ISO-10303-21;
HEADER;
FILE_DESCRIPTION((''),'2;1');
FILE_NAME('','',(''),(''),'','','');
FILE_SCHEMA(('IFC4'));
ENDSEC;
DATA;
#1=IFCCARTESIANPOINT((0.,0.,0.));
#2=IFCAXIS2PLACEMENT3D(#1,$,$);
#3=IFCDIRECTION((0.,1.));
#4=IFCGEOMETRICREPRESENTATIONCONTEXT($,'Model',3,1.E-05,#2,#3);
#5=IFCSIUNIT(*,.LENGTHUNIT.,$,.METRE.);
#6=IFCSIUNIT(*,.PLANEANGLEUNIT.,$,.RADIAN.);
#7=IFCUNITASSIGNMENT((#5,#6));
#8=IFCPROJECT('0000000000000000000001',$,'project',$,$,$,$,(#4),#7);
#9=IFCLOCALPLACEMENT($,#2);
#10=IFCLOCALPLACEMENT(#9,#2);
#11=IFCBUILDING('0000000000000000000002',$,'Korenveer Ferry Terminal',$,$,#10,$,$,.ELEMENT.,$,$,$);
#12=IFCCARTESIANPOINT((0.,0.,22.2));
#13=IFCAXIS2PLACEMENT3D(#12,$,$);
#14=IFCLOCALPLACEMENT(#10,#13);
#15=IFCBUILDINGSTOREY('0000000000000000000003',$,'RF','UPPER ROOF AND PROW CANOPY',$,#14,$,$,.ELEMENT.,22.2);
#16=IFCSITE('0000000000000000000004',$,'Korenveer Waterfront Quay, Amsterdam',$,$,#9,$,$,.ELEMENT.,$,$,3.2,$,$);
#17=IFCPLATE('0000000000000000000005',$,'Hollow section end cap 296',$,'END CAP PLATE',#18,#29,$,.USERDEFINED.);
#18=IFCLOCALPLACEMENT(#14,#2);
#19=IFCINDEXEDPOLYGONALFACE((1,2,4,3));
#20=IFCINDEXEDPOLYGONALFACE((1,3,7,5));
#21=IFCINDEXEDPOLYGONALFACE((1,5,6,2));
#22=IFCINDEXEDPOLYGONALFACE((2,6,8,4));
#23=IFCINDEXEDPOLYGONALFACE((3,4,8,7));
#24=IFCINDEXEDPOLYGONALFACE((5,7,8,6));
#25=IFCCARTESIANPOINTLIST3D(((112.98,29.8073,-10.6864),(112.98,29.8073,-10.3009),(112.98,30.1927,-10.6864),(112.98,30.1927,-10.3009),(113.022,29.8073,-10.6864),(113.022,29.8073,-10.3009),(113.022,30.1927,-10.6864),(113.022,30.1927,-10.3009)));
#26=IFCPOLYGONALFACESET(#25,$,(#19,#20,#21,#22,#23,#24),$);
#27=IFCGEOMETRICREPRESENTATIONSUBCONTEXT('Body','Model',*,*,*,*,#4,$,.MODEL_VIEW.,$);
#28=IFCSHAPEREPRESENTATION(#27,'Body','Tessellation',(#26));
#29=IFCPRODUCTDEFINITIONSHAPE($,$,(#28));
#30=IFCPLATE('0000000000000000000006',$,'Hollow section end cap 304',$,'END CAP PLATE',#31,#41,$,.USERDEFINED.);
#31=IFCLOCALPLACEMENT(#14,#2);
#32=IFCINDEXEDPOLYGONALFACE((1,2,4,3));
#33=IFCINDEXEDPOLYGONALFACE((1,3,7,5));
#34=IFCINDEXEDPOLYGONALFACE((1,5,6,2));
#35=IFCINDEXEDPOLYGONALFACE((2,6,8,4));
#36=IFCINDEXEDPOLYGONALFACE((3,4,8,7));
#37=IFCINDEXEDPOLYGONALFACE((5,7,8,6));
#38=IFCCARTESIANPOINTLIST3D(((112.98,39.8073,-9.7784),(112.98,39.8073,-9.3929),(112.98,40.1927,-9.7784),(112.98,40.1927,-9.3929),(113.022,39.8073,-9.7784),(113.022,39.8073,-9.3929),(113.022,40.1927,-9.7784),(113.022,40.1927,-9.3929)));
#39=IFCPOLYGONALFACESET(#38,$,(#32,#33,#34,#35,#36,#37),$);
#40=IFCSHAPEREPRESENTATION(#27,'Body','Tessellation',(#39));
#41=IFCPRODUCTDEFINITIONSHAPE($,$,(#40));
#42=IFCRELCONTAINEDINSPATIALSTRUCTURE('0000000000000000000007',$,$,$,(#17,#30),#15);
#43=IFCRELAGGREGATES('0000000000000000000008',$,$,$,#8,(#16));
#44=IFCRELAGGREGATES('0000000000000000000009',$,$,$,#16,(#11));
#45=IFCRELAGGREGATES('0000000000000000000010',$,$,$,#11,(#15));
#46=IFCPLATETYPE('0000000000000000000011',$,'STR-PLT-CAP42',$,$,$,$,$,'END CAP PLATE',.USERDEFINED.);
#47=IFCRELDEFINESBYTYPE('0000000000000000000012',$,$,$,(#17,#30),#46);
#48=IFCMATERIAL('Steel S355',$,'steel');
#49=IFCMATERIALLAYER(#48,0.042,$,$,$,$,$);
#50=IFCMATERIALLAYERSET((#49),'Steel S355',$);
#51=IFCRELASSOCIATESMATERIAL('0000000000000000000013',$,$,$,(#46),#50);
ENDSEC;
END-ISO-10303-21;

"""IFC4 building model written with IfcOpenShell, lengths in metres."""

from ifc_helpers import new_model, si_unit, direction, frame, origin, origin_2d, place, context, subcontext, project, spatial, rectangle, extrude, material, layer, layer_set, type_object, element, save


model = new_model("IFC4")

# Units and contexts
model_context = context("Model", 3, precision=1e-05, world=origin(), true_north=direction((0.0, 1.0)))
body_context = subcontext(model_context, "Body", "Model", "MODEL_VIEW")
ifc_project = project(units=[si_unit("LENGTHUNIT", "METRE"), si_unit("PLANEANGLEUNIT", "RADIAN")], contexts=[model_context])

# Site, building, storey
site_placement = place(None, origin())
site = spatial("IfcSite", under=ifc_project, at=site_placement, Name="Korenveer Waterfront Quay, Amsterdam", CompositionType="ELEMENT", RefElevation=3.2)
building_placement = place(site_placement, origin())
building = spatial("IfcBuilding", under=site, at=building_placement, Name="Korenveer Ferry Terminal", CompositionType="ELEMENT")
storey_placement = place(building_placement, frame((0.0, 0.0, 22.2)))
storey = spatial("IfcBuildingStorey", under=building, at=storey_placement, Name="RF", Description="UPPER ROOF AND PROW CANOPY", CompositionType="ELEMENT", Elevation=22.2)

# Shared definitions
ifc_material_1 = material(Name="Steel S355", Category="steel")

# Plates
ifc_layer_1 = layer(ifc_material_1, 0.042)
ifc_layer_set_1 = layer_set([ifc_layer_1], Name="Steel S355")
plate_type_1 = type_object("IfcPlateType", Name="STR-PLT-CAP42", ElementType="END CAP PLATE", PredefinedType="USERDEFINED", material=ifc_layer_set_1)
for number, where, z_axis, x_axis, name in (
    (1, (112.98, 30.0, -10.4937), (1.0, 0.0, 0.0), (0.0, 1.0, 0.0), "Hollow section end cap 296"),
    (2, (112.98, 40.0, -9.5857), (1.0, 0.0, 0.0), (0.0, 1.0, 0.0), "Hollow section end cap 304"),
):
    element("IfcPlate", number, at=place(storey_placement, frame(where, z_axis=z_axis, x_axis=x_axis)), inside=storey, type_object=plate_type_1, Name=name, ObjectType="END CAP PLATE", PredefinedType="USERDEFINED", context=body_context, shape_type="SweptSolid", body=[
        extrude(rectangle(XDim=0.3855, YDim=0.3855, at=origin_2d()), origin(), (0.0, 0.0, 1.0), 0.042),
    ])

save(model, "model.ifc")
